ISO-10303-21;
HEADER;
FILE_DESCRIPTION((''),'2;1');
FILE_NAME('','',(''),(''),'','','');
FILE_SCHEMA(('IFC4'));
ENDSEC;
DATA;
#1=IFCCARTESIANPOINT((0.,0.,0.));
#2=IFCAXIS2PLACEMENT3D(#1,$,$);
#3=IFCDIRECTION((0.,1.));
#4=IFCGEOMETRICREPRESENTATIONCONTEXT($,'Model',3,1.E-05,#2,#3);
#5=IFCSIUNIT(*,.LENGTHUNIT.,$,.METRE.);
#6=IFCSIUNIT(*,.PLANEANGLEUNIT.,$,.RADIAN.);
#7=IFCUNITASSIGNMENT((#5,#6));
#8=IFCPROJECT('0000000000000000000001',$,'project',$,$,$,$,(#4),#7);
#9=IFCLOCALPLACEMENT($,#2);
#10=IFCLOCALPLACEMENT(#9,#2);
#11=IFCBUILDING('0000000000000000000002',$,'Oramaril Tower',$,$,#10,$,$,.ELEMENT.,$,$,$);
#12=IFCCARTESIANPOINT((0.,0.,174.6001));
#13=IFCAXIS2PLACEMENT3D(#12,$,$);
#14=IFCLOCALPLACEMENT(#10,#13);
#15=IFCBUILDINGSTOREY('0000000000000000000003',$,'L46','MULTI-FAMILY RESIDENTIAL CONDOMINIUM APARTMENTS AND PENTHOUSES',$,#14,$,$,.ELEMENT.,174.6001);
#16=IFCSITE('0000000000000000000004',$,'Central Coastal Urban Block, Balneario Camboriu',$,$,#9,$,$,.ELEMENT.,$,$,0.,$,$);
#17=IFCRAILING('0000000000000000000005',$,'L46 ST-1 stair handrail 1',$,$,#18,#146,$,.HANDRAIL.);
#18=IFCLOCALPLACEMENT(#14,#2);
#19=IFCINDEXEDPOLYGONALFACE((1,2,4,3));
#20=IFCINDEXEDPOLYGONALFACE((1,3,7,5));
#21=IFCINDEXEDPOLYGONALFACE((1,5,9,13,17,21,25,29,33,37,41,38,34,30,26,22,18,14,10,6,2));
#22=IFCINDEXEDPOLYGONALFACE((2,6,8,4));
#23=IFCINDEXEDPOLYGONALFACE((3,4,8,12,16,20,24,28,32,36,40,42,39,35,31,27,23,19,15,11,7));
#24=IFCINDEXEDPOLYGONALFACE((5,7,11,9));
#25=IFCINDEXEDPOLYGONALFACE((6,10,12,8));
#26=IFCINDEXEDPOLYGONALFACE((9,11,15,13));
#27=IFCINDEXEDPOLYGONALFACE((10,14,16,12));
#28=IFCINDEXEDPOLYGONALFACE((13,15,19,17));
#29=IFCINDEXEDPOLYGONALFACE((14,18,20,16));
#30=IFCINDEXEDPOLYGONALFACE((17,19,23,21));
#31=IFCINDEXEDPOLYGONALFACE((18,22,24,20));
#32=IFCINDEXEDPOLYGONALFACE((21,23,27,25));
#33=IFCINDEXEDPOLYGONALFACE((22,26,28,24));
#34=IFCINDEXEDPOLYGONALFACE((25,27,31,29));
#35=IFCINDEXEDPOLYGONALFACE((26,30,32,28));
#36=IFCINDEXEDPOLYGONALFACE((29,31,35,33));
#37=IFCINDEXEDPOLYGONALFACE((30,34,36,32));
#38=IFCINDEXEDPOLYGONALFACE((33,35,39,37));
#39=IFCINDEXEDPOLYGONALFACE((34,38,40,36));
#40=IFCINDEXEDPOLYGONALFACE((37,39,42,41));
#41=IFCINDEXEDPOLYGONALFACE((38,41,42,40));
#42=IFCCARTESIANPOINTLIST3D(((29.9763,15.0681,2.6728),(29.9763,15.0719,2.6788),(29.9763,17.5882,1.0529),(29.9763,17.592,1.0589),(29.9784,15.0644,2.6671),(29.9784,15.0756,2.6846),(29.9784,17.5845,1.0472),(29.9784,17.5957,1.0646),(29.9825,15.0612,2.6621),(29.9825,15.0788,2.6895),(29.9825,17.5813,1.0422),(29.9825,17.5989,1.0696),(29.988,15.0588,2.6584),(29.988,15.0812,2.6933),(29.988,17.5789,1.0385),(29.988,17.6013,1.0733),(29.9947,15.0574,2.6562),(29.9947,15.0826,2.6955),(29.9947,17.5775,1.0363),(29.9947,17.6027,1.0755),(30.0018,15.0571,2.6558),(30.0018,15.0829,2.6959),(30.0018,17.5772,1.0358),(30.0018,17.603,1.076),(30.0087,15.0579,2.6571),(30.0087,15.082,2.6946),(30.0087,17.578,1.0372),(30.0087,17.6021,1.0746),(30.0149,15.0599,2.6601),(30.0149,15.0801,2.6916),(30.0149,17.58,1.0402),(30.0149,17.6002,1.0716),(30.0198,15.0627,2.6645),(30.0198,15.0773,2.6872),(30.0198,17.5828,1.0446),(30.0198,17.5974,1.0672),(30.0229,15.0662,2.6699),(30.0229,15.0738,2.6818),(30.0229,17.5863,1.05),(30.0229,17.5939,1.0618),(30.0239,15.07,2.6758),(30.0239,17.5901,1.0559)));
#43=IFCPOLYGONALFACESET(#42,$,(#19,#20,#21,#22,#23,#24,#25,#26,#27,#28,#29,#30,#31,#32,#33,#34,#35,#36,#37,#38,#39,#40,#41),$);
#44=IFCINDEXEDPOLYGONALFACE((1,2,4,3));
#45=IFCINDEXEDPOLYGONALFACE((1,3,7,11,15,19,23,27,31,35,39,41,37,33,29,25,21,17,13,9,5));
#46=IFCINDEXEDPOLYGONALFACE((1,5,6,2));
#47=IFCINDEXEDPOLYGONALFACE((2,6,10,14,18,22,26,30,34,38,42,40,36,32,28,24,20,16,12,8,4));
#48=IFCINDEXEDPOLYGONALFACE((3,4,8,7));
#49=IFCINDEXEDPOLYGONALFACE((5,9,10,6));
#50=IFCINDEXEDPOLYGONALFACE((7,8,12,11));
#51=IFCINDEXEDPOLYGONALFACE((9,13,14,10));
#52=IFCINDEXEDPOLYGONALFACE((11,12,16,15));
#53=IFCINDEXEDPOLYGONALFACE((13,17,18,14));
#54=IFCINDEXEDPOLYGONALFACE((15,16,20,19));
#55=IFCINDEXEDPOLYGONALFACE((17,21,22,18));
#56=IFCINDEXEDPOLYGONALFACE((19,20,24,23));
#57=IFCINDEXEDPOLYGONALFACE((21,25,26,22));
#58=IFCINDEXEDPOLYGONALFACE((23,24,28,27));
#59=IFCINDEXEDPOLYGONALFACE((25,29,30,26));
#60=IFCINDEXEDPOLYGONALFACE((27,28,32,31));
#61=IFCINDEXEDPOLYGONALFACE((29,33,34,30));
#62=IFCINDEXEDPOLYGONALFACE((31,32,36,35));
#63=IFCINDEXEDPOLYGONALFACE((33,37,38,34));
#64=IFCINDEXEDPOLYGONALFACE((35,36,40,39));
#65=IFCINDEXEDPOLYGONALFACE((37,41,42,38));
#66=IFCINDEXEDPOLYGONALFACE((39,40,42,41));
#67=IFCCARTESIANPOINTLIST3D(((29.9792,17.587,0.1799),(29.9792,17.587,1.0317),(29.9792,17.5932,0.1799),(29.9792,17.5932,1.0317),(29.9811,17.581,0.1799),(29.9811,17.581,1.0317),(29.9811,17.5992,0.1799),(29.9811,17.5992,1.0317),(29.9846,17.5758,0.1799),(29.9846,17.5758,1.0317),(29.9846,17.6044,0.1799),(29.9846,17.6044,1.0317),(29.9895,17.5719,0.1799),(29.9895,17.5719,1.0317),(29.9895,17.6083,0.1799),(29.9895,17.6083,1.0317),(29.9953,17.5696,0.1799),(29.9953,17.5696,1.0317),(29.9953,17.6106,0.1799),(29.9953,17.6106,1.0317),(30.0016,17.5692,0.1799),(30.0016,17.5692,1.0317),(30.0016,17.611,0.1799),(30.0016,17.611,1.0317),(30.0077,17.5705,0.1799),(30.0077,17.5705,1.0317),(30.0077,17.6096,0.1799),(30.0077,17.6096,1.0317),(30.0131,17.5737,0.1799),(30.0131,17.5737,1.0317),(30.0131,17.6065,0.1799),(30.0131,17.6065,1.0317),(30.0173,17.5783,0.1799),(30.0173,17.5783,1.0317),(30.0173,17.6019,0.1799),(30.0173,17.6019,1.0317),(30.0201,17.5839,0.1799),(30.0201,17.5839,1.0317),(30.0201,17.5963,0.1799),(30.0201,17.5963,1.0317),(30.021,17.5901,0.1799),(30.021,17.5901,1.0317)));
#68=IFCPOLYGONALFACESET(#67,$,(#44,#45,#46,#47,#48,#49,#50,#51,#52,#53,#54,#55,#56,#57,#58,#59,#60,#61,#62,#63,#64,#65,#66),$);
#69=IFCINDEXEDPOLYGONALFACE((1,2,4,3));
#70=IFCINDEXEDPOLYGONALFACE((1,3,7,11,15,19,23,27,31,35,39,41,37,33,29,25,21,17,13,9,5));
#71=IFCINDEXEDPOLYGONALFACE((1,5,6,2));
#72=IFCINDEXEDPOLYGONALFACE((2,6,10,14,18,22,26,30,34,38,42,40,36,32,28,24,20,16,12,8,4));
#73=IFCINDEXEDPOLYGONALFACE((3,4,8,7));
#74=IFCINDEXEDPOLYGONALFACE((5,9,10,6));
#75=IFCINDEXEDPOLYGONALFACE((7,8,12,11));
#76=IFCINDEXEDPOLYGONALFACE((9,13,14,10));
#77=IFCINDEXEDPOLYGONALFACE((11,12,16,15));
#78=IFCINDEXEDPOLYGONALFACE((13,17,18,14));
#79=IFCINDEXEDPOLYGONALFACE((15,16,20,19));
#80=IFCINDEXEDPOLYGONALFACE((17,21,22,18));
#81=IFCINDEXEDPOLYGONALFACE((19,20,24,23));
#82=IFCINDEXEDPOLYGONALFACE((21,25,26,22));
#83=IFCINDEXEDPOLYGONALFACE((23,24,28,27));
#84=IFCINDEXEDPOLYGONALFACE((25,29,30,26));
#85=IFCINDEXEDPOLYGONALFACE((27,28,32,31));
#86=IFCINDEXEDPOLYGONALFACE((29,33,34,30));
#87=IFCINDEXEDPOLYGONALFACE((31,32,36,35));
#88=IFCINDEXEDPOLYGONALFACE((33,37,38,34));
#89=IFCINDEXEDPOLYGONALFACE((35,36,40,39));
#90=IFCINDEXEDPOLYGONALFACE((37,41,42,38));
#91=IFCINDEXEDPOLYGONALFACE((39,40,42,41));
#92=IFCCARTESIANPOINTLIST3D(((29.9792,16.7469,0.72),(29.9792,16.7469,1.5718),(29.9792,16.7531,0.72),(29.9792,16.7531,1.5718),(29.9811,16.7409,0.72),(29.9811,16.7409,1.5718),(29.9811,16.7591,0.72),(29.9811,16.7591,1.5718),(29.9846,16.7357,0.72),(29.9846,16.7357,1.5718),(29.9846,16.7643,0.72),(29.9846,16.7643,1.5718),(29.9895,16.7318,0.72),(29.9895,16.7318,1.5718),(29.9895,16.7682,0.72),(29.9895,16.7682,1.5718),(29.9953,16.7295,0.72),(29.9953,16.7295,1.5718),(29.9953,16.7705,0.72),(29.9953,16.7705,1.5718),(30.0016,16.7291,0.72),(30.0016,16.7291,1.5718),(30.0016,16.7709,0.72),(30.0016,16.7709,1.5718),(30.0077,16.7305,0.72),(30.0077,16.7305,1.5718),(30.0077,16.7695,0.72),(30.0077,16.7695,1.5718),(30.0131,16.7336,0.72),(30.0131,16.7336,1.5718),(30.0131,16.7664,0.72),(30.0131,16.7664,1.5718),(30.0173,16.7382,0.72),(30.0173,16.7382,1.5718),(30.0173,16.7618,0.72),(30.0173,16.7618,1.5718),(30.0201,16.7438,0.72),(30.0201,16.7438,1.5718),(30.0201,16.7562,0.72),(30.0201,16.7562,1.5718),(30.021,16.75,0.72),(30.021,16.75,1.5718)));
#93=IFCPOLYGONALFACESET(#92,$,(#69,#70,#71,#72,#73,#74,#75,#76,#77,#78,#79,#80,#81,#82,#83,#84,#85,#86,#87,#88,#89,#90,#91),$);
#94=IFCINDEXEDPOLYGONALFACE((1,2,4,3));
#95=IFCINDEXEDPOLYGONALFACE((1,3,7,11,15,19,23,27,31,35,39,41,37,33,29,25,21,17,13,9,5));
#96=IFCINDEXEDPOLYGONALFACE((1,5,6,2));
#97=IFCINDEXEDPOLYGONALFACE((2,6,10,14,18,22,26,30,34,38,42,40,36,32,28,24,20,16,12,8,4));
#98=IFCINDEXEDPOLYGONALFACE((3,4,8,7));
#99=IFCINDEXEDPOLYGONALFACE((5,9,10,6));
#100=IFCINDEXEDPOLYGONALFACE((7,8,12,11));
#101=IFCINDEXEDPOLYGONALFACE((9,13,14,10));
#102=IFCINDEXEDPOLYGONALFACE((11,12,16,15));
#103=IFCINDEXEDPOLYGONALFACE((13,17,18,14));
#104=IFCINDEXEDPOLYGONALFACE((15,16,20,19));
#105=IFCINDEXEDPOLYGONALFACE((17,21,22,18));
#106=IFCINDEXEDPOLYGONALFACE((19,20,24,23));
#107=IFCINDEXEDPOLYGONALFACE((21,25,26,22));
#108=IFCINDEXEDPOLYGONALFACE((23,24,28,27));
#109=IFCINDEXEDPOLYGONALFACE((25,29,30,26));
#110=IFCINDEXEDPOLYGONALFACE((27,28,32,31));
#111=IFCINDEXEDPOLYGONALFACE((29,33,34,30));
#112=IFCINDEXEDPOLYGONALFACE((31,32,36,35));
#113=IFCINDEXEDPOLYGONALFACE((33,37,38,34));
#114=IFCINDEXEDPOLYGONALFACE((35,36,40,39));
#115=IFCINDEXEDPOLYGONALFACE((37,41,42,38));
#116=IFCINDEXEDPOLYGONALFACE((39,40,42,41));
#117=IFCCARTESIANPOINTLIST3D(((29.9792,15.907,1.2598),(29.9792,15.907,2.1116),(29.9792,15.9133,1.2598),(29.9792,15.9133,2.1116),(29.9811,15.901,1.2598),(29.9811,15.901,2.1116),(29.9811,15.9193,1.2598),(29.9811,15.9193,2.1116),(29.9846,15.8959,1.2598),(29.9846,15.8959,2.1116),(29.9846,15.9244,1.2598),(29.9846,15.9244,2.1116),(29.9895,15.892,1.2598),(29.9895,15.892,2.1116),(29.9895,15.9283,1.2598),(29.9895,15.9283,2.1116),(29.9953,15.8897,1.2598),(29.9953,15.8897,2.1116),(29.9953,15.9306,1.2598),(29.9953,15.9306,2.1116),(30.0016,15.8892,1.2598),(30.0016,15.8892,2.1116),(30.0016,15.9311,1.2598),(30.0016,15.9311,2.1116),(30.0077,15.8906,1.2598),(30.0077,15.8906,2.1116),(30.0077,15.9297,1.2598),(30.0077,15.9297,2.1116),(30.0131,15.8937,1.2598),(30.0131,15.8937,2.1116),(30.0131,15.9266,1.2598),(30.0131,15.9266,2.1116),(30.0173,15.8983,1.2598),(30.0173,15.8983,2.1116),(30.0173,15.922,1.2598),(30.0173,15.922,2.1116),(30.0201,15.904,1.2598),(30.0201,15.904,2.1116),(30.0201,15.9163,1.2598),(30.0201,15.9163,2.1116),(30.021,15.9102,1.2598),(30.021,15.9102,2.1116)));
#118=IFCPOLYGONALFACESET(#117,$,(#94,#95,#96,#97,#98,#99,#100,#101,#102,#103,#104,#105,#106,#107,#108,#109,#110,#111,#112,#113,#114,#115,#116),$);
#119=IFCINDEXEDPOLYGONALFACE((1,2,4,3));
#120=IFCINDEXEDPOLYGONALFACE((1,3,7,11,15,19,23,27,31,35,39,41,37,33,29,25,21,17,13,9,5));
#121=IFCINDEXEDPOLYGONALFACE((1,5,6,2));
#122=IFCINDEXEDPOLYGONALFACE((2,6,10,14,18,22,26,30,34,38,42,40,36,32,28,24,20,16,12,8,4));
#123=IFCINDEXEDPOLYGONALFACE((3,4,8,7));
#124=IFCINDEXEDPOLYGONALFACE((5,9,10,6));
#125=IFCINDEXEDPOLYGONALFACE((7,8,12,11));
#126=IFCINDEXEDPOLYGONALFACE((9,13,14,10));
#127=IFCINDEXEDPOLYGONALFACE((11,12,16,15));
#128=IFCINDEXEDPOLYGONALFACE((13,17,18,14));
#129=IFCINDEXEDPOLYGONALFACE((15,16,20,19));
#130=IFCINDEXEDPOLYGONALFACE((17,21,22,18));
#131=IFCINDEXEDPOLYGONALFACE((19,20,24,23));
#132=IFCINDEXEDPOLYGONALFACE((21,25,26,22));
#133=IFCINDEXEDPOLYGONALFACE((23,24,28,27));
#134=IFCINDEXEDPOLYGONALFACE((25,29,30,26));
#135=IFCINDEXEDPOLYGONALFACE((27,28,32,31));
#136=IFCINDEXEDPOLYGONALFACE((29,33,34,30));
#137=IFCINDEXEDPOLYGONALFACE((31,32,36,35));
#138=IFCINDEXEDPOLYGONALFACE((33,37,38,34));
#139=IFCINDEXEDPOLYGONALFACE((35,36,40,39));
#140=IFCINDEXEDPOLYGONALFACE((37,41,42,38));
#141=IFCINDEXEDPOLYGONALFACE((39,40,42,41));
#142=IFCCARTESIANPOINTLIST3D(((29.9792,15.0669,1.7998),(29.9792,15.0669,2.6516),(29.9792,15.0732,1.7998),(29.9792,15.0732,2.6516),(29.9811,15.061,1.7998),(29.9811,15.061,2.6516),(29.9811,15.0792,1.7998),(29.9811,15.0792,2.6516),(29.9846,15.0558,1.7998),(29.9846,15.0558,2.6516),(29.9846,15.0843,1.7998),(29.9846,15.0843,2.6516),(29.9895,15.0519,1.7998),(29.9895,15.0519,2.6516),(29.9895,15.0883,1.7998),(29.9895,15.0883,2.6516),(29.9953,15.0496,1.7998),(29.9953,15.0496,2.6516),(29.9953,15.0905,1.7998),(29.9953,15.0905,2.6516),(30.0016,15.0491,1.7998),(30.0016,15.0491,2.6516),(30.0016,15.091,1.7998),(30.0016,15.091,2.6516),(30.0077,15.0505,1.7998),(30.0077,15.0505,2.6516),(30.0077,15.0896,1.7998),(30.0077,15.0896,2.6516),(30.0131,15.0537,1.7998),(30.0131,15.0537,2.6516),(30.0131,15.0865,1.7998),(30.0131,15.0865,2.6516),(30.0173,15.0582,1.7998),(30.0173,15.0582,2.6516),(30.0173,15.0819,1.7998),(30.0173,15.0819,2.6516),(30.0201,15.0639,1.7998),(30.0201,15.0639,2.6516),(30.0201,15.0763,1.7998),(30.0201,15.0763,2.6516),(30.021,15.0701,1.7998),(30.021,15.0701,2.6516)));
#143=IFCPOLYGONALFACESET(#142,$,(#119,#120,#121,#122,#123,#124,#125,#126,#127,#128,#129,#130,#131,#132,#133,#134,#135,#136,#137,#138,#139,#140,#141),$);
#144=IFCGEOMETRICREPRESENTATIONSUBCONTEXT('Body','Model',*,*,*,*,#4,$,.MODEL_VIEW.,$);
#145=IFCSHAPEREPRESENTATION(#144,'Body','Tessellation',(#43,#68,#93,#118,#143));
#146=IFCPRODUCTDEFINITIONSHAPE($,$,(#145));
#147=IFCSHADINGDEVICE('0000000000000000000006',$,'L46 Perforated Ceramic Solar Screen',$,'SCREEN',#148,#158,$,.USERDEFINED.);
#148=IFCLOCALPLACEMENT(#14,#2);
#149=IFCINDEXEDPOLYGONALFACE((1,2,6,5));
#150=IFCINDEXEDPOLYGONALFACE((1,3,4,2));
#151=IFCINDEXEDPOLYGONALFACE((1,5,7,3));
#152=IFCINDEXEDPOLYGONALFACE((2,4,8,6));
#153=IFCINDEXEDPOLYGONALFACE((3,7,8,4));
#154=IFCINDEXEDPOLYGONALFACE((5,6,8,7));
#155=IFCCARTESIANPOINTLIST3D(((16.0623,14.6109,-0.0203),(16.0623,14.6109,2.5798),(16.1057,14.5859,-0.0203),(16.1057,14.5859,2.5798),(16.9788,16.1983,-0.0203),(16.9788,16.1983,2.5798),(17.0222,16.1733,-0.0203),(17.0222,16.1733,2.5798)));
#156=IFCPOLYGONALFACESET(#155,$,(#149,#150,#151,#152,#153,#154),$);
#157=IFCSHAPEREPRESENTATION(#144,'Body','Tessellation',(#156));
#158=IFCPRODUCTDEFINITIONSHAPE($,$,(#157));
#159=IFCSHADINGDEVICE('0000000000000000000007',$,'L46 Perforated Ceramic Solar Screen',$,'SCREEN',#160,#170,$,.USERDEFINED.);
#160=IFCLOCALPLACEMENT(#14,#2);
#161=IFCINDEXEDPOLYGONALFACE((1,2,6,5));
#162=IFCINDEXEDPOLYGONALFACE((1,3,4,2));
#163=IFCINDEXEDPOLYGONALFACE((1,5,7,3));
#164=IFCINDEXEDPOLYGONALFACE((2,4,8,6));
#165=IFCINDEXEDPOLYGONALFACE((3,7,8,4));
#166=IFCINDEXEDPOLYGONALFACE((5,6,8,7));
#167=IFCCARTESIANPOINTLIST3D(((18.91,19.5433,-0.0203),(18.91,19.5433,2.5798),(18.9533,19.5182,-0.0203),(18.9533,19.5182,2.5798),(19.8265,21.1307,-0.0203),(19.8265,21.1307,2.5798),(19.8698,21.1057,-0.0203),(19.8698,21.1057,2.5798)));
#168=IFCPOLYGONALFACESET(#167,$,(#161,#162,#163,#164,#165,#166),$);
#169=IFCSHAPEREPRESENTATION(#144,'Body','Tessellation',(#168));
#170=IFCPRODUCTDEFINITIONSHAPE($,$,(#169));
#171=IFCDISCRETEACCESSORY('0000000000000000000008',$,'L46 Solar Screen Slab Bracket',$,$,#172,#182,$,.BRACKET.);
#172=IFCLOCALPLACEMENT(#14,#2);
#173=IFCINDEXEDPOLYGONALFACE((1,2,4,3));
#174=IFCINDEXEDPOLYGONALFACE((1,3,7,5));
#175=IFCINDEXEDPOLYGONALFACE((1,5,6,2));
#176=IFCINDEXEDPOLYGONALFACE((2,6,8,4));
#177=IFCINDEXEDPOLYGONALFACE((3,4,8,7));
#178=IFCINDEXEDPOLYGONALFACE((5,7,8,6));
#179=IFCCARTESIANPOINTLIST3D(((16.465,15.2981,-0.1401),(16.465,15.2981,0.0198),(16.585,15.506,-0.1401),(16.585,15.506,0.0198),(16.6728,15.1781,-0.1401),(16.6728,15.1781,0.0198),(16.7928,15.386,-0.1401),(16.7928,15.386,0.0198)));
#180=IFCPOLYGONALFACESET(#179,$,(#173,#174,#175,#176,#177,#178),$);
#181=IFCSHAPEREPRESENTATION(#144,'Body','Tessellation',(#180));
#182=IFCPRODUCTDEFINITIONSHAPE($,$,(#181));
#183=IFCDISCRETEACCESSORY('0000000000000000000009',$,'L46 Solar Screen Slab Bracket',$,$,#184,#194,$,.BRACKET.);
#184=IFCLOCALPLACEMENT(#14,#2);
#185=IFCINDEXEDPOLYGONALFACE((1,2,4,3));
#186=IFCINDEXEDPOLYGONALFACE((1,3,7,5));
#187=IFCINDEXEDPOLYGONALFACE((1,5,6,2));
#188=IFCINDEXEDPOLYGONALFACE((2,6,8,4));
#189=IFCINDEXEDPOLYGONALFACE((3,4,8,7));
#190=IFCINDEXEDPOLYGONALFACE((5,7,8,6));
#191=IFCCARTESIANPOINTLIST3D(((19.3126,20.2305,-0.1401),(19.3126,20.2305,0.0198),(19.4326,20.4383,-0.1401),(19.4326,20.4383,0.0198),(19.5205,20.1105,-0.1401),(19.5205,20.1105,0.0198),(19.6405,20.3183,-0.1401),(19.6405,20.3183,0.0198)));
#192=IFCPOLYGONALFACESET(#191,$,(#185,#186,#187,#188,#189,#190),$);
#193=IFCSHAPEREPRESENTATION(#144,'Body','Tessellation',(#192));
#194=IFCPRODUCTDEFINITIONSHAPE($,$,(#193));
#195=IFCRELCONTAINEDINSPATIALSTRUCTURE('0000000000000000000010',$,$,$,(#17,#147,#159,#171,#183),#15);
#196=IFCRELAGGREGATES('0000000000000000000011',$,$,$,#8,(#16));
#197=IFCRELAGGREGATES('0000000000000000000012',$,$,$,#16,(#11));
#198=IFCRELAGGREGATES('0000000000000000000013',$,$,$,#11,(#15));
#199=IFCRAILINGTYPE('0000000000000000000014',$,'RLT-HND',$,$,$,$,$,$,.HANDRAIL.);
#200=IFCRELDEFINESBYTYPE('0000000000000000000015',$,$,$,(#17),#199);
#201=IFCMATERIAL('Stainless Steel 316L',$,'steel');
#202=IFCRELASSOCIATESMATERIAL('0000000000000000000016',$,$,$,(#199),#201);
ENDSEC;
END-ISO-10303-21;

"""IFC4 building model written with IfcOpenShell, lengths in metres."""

from ifc_helpers import new_model, si_unit, direction, frame, origin, origin_2d, place, context, subcontext, project, spatial, rectangle, circle, extrude, material, type_object, element, save


model = new_model("IFC4")

# Units and contexts
model_context = context("Model", 3, precision=1e-05, world=origin(), true_north=direction((0.0, 1.0)))
body_context = subcontext(model_context, "Body", "Model", "MODEL_VIEW")
ifc_project = project(units=[si_unit("LENGTHUNIT", "METRE"), si_unit("PLANEANGLEUNIT", "RADIAN")], contexts=[model_context])

# Site, building, storey
site_placement = place(None, origin())
site = spatial("IfcSite", under=ifc_project, at=site_placement, Name="Central Coastal Urban Block, Balneario Camboriu", CompositionType="ELEMENT", RefElevation=0.0)
building_placement = place(site_placement, origin())
building = spatial("IfcBuilding", under=site, at=building_placement, Name="Oramaril Tower", CompositionType="ELEMENT")
storey_placement = place(building_placement, frame((0.0, 0.0, 174.6001)))
storey = spatial("IfcBuildingStorey", under=building, at=storey_placement, Name="L46", Description="MULTI-FAMILY RESIDENTIAL CONDOMINIUM APARTMENTS AND PENTHOUSES", CompositionType="ELEMENT", Elevation=174.6001)

# Railing
ifc_material_1 = material(Name="Stainless Steel 316L", Category="steel")
railing_type_1 = type_object("IfcRailingType", Name="RLT-HND", PredefinedType="HANDRAIL", material=ifc_material_1)
railing_1_placement = place(storey_placement, frame((30.0, 17.5901, 0.1799)))
element("IfcRailing", 1, at=railing_1_placement, inside=storey, type_object=railing_type_1, Name="L46 ST-1 stair handrail 1", PredefinedType="HANDRAIL", context=body_context, shape_type="SweptSolid", body=[
    extrude(circle(Radius=0.0239, at=origin_2d()), frame((0.0, 0.0, 0.876), z_axis=(0.0, -0.8412, 0.540725), x_axis=(1.0, 0.0, 0.0)), (0.0, 0.0, 1.0), 2.9958),
    extrude(circle(Radius=0.021, at=origin_2d()), origin(), (0.0, 0.0, 1.0), 0.8518),
    extrude(circle(Radius=0.021, at=origin_2d()), frame((0.0, -0.8401, 0.54)), (0.0, 0.0, 1.0), 0.8518),
    extrude(circle(Radius=0.021, at=origin_2d()), frame((0.0, -1.6799, 1.0798)), (0.0, 0.0, 1.0), 0.8518),
    extrude(circle(Radius=0.021, at=origin_2d()), frame((0.0, -2.52, 1.6199)), (0.0, 0.0, 1.0), 0.8518),
])

# Shading devices
for number, where, z_axis, x_axis, name in (
    (2, (16.5422, 15.3921, -0.0203), (0.0, 0.0, 1.0), (-0.5, -0.866025, 0.0), "L46 Perforated Ceramic Solar Screen"),
    (3, (19.3899, 20.3245, -0.0203), (0.0, 0.0, 1.0), (-0.5, -0.866025, 0.0), "L46 Perforated Ceramic Solar Screen"),
):
    element("IfcShadingDevice", number, at=place(storey_placement, frame(where, z_axis=z_axis, x_axis=x_axis)), inside=storey, Name=name, ObjectType="SCREEN", PredefinedType="USERDEFINED", context=body_context, shape_type="SweptSolid", body=[
        extrude(rectangle(XDim=1.833, YDim=0.05, at=origin_2d()), origin(), (0.0, 0.0, 1.0), 2.6001),
    ])

# Discrete accessories
for number, where, z_axis, x_axis, name in (
    (4, (16.6289, 15.342, -0.1401), (0.0, 0.0, 1.0), (-0.5, -0.866025, 0.0), "L46 Solar Screen Slab Bracket"),
    (5, (19.4766, 20.2744, -0.1401), (0.0, 0.0, 1.0), (-0.5, -0.866025, 0.0), "L46 Solar Screen Slab Bracket"),
):
    element("IfcDiscreteAccessory", number, at=place(storey_placement, frame(where, z_axis=z_axis, x_axis=x_axis)), inside=storey, Name=name, PredefinedType="BRACKET", context=body_context, shape_type="SweptSolid", body=[
        extrude(rectangle(XDim=0.24, YDim=0.24, at=origin_2d()), origin(), (0.0, 0.0, 1.0), 0.1599),
    ])

save(model, "model.ifc")
